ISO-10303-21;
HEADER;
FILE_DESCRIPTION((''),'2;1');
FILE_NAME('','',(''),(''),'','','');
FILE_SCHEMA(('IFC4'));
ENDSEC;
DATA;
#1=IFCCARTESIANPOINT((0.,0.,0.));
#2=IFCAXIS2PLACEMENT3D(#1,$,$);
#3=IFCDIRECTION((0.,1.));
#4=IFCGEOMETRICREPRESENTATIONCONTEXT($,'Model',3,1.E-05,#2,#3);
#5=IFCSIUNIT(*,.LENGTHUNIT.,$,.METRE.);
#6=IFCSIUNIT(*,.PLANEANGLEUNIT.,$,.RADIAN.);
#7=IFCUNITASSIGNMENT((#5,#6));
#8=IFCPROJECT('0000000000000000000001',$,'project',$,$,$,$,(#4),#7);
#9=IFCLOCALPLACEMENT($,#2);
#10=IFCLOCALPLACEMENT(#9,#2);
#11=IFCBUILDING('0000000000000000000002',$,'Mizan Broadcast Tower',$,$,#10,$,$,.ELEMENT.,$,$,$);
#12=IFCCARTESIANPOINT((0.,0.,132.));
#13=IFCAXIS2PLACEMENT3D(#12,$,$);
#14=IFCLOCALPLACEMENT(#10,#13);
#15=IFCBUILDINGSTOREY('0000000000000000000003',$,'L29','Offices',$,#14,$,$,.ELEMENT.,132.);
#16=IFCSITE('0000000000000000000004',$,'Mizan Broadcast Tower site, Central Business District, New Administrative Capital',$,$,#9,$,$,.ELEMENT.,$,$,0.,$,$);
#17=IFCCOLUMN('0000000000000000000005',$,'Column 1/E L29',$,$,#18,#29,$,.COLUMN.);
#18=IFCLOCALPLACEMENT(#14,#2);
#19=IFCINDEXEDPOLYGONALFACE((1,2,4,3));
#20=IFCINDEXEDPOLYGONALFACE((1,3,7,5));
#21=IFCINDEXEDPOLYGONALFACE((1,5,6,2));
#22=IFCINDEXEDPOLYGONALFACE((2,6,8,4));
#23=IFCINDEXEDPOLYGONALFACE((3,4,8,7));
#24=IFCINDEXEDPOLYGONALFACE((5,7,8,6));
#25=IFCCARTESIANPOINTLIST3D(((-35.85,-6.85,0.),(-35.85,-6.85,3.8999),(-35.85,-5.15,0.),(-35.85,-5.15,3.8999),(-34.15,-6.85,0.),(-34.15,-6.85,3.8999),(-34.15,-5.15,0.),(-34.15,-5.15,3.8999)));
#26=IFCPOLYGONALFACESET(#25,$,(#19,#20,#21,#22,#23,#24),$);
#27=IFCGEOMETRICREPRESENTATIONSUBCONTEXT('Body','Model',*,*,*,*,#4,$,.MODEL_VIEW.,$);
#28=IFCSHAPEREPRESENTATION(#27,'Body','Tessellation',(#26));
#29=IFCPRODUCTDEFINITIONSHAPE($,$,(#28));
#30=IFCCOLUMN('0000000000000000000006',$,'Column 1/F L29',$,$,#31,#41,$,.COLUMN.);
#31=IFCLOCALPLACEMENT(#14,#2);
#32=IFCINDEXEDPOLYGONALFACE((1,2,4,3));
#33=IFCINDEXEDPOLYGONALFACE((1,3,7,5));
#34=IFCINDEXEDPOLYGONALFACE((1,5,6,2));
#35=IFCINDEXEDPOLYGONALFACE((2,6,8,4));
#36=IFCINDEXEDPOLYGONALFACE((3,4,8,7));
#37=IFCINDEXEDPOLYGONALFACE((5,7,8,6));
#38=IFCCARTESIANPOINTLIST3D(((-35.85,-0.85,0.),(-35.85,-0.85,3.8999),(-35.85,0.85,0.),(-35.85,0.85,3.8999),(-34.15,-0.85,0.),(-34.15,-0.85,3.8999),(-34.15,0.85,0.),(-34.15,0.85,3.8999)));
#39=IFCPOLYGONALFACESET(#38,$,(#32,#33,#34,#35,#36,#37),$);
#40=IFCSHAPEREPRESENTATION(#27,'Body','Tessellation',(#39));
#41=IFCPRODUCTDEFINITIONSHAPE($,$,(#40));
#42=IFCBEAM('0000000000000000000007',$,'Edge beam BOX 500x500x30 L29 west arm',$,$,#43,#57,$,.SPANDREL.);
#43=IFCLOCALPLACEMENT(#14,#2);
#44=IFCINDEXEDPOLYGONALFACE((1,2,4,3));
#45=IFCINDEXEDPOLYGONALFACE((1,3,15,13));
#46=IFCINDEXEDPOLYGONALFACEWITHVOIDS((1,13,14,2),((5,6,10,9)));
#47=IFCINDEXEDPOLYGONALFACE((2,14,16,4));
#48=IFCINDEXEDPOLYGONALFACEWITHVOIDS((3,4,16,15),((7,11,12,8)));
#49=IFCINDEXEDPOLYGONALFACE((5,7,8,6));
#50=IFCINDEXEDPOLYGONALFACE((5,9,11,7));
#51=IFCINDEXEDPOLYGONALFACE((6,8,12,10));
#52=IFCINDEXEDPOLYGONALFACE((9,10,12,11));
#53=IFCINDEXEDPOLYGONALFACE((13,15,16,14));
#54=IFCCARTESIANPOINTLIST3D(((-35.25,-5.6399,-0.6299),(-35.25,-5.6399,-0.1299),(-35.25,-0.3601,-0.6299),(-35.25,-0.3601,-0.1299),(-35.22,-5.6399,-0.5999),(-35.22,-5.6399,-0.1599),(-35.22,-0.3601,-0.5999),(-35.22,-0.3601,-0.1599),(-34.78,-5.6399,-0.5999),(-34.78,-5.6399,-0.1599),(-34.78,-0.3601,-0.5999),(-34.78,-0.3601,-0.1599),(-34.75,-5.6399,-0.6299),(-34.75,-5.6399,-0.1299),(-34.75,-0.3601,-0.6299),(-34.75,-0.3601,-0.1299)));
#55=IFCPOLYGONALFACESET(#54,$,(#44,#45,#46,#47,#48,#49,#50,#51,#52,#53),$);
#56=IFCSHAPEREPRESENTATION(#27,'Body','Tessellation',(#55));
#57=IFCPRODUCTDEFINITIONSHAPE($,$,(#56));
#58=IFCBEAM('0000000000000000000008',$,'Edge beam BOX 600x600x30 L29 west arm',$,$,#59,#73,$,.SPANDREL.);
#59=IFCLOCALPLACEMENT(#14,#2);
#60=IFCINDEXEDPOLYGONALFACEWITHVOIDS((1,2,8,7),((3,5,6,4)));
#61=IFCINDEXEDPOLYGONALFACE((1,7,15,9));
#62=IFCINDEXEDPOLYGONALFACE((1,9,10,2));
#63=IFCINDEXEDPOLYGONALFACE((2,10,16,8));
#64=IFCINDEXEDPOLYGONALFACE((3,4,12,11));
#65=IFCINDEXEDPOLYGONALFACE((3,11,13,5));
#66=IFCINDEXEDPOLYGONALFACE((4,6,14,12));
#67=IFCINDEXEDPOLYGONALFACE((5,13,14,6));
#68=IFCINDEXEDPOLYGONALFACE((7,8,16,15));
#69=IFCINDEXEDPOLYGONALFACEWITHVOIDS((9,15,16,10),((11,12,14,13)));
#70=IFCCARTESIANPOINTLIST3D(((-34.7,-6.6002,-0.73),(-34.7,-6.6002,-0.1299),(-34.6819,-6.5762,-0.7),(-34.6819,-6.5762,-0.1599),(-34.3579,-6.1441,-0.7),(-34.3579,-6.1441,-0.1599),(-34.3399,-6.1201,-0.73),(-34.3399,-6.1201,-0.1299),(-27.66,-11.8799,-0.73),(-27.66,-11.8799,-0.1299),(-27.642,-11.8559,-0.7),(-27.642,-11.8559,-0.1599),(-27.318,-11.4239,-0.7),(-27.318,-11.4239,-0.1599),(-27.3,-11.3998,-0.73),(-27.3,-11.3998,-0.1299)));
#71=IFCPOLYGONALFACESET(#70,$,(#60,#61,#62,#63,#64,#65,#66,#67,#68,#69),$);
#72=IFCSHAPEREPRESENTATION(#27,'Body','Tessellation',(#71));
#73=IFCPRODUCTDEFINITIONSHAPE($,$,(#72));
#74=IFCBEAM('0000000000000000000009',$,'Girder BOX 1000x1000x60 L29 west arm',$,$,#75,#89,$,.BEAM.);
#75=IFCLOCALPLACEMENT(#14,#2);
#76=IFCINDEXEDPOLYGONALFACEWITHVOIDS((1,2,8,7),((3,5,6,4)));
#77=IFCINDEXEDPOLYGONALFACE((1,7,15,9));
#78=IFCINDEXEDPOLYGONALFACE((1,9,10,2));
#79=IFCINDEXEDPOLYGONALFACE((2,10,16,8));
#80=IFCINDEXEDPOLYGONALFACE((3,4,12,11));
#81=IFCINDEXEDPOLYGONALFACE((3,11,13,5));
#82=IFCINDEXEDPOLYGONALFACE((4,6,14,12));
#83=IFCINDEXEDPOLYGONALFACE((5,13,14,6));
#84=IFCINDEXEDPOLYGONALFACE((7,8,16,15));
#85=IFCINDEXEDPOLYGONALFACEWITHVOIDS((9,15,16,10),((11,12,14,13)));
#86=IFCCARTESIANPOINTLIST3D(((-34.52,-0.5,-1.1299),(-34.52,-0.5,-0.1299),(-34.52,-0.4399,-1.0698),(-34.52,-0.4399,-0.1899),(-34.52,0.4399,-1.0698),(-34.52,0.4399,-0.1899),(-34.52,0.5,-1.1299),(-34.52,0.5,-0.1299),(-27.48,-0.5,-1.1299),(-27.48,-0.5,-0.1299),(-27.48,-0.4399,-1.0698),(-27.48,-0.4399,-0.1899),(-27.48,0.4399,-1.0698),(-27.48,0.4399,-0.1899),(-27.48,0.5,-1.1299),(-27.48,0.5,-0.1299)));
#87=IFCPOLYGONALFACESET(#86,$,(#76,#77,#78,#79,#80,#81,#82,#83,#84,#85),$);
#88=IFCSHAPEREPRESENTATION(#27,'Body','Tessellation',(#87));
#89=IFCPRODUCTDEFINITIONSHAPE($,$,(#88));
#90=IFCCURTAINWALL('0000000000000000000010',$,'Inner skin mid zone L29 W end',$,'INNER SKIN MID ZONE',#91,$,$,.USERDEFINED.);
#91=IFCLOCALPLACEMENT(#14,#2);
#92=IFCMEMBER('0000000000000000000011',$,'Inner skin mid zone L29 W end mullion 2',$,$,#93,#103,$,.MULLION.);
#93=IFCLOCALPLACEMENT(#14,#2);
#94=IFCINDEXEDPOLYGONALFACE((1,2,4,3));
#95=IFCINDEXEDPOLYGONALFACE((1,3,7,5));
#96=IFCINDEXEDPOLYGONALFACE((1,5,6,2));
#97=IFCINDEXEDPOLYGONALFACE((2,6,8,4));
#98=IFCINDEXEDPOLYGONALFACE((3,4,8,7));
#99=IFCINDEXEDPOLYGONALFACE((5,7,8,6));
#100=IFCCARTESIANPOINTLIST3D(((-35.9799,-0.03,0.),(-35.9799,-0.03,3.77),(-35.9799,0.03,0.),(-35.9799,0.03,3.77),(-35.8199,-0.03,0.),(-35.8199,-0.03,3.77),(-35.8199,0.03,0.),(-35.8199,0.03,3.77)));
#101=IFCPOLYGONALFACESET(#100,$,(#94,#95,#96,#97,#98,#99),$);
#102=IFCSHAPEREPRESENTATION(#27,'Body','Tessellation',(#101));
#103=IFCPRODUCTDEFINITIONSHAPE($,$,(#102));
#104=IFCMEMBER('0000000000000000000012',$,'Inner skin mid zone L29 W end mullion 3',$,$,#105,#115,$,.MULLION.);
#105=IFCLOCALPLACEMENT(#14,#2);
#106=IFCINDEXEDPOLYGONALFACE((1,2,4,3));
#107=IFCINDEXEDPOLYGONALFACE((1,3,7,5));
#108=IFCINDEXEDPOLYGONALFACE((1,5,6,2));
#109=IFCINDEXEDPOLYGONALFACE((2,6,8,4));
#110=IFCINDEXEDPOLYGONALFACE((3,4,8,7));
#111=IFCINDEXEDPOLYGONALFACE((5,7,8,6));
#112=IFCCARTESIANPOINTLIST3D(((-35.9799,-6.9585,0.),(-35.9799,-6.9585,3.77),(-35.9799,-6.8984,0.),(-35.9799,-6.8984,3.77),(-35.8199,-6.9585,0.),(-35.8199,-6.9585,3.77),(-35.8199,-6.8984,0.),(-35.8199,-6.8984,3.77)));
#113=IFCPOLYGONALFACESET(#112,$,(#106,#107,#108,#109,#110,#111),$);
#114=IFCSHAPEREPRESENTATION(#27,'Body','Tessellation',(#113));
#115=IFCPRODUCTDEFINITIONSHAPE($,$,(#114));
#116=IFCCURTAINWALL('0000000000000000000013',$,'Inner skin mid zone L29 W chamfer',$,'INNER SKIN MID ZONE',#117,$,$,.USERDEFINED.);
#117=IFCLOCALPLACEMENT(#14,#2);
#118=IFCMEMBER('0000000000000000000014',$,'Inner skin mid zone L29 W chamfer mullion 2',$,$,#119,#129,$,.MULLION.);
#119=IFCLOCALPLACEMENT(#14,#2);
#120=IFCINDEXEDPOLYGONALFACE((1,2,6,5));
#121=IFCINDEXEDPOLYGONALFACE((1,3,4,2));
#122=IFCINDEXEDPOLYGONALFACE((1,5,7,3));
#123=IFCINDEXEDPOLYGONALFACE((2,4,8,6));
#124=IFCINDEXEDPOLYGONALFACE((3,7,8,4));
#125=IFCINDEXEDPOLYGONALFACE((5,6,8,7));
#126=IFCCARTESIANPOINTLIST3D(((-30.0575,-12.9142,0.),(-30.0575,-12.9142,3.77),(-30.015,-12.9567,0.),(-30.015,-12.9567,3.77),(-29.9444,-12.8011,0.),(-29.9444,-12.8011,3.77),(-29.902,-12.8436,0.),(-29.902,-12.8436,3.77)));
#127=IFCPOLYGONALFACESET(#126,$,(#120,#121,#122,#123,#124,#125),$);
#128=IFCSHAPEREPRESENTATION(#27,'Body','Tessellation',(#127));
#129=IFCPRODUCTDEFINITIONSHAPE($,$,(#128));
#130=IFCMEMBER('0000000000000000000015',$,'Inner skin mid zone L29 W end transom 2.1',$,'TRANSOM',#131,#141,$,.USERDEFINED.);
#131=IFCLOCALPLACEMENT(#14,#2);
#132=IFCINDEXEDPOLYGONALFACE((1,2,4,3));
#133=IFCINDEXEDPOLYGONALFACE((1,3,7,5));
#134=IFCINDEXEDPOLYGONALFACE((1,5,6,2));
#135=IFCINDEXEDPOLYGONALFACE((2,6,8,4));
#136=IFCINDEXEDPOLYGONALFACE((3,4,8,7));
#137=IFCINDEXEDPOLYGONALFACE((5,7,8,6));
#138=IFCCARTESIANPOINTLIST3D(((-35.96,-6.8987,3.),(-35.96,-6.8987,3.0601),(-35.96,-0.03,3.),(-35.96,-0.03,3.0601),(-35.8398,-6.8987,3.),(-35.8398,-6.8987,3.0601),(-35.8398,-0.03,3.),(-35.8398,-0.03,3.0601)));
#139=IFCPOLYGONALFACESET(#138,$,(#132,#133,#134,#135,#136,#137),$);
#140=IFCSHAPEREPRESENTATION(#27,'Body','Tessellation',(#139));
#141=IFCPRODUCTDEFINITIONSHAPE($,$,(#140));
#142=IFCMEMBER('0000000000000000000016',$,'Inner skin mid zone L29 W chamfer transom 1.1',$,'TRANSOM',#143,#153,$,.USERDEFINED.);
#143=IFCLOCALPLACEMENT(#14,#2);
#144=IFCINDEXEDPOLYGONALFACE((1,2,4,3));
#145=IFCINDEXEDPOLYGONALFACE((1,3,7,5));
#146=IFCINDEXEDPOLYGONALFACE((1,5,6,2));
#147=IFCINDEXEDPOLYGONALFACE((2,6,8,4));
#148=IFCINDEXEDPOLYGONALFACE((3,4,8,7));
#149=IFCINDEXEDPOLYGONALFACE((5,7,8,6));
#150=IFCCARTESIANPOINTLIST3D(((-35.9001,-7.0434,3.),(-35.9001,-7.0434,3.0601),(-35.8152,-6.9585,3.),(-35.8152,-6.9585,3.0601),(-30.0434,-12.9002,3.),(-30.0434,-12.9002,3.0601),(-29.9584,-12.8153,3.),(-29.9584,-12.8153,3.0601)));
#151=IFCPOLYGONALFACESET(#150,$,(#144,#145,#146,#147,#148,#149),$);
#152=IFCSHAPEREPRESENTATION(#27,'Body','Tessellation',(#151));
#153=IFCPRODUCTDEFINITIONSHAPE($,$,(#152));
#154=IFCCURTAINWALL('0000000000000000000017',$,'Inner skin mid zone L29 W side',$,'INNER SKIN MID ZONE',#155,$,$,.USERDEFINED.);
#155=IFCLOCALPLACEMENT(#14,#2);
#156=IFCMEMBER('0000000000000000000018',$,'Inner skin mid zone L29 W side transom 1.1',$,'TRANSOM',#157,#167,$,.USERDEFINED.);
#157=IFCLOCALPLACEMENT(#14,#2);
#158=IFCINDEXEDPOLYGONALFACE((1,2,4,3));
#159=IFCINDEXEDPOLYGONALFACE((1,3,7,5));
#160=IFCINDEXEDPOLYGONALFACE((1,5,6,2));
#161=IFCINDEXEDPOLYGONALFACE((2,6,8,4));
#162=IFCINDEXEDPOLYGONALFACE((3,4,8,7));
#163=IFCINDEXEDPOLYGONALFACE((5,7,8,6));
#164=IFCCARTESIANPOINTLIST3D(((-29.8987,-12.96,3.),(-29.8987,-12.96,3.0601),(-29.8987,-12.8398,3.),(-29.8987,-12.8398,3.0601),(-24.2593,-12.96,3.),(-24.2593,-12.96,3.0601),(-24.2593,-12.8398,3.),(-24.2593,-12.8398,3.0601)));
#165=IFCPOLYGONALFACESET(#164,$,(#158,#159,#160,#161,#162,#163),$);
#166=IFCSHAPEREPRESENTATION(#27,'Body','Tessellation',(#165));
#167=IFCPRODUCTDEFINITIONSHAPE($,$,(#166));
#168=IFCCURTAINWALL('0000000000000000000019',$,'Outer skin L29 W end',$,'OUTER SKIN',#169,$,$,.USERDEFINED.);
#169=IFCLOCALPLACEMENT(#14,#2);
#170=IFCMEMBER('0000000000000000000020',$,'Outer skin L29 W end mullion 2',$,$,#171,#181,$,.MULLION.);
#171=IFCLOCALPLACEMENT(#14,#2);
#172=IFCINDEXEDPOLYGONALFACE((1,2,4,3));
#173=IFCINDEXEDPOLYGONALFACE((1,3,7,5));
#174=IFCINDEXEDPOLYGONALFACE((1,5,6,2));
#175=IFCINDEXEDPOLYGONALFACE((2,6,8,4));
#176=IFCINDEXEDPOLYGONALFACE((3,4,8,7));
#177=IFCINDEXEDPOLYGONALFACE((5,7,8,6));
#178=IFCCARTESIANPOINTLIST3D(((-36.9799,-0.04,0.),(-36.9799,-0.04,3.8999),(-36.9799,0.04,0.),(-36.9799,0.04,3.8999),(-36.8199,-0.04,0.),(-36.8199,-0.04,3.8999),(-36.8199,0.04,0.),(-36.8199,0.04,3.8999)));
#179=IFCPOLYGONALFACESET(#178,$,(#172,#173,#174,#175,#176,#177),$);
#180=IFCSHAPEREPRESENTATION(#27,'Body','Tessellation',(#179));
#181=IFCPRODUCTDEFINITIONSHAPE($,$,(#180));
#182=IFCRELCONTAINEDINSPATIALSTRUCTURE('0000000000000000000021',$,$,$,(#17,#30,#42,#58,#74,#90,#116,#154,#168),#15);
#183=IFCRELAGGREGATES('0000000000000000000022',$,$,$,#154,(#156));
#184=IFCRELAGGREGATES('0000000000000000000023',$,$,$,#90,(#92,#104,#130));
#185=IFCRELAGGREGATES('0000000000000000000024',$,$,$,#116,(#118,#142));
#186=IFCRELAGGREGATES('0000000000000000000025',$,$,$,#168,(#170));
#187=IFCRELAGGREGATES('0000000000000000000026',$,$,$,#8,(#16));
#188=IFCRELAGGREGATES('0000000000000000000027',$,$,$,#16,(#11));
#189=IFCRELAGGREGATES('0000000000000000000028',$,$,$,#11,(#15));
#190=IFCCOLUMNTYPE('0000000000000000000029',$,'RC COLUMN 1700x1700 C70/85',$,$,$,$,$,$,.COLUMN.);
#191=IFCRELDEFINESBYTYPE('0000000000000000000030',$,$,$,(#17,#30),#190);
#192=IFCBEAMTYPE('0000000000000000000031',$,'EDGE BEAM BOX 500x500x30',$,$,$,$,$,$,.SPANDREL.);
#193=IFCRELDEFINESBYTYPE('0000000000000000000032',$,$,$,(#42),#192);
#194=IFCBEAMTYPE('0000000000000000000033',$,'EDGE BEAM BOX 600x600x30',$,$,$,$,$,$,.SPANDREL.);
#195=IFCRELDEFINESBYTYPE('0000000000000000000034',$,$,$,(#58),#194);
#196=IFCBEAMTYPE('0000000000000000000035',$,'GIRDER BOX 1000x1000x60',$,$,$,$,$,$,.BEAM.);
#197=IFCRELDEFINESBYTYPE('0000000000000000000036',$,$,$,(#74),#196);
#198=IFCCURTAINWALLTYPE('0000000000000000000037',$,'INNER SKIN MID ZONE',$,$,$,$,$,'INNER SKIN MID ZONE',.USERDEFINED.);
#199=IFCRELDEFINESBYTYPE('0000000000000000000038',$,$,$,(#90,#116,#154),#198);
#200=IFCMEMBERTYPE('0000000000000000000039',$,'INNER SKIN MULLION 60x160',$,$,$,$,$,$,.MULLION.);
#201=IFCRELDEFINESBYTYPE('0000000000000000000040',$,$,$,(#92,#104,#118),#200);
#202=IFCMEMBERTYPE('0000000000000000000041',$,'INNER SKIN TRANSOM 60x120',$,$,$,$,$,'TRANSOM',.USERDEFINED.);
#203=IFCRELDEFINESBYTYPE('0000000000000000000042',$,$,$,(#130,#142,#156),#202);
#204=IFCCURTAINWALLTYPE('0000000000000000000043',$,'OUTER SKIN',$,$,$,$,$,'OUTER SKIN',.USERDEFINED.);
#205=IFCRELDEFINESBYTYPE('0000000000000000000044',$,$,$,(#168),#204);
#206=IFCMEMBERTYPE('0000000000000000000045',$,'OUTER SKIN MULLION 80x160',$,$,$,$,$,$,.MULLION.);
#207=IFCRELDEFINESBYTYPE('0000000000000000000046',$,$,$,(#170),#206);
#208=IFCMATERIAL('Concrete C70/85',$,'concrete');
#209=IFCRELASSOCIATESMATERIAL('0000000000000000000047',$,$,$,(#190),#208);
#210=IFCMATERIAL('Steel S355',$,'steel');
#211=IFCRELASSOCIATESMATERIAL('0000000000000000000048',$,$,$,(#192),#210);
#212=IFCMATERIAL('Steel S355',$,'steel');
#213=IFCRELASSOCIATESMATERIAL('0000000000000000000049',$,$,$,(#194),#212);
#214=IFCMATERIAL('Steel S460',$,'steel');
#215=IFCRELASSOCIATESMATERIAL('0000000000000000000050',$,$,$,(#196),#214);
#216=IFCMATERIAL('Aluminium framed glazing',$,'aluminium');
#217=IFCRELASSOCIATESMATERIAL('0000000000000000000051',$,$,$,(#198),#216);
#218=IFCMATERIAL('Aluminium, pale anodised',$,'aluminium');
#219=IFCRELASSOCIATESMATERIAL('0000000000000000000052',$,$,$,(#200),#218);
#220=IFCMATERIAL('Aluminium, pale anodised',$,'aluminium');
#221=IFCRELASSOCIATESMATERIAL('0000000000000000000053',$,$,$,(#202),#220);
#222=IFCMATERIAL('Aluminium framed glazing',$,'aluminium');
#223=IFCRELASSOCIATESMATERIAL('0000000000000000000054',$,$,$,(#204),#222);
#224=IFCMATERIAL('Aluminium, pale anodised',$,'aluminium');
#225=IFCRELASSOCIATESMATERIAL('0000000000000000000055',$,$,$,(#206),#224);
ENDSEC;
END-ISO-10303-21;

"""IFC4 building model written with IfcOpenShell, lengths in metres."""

from ifc_helpers import new_model, si_unit, direction, frame, origin, origin_2d, place, context, subcontext, project, spatial, rectangle, hollow_rectangle, extrude, material, material_profile, profile_set, type_object, element, aggregate, save


model = new_model("IFC4")

# Units and contexts
model_context = context("Model", 3, precision=1e-05, world=origin(), true_north=direction((0.0, 1.0)))
body_context = subcontext(model_context, "Body", "Model", "MODEL_VIEW")
ifc_project = project(units=[si_unit("LENGTHUNIT", "METRE"), si_unit("PLANEANGLEUNIT", "RADIAN")], contexts=[model_context])

# Site, building, storey
site_placement = place(None, origin())
site = spatial("IfcSite", under=ifc_project, at=site_placement, Name="Mizan Broadcast Tower site, Central Business District, New Administrative Capital", CompositionType="ELEMENT", RefElevation=0.0)
building_placement = place(site_placement, origin())
building = spatial("IfcBuilding", under=site, at=building_placement, Name="Mizan Broadcast Tower", CompositionType="ELEMENT")
storey_placement = place(building_placement, frame((0.0, 0.0, 132.0)))
storey = spatial("IfcBuildingStorey", under=building, at=storey_placement, Name="L29", Description="Offices", CompositionType="ELEMENT", Elevation=132.0)

# Columns
ifc_material_1 = material(Name="Concrete C70/85", Category="concrete")
ifc_material_profile_1 = material_profile(ifc_material_1, rectangle(XDim=1.7, YDim=1.7, at=origin_2d()), Name="RC 1700x1700")
ifc_profile_set_1 = profile_set([ifc_material_profile_1], Name="Concrete C70/85")
column_type = type_object("IfcColumnType", Name="RC COLUMN 1700x1700 C70/85", PredefinedType="COLUMN", material=ifc_profile_set_1)
for number, where, z_axis, x_axis, name in (
    (1, (-35.0, -6.0, 0.0), (0.0, 0.0, 1.0), (1.0, 0.0, 0.0), "Column 1/E L29"),
    (2, (-35.0, 0.0, 0.0), (0.0, 0.0, 1.0), (1.0, 0.0, 0.0), "Column 1/F L29"),
):
    element("IfcColumn", number, at=place(storey_placement, frame(where, z_axis=z_axis, x_axis=x_axis)), inside=storey, type_object=column_type, Name=name, PredefinedType="COLUMN", context=body_context, shape_type="SweptSolid", body=[
        extrude(rectangle(XDim=1.7, YDim=1.7, at=origin_2d()), origin(), (0.0, 0.0, 1.0), 3.8999),
    ])

# Beams
ifc_material_2 = material(Name="Steel S355", Category="steel")
ifc_material_profile_2 = material_profile(ifc_material_2, hollow_rectangle(XDim=0.5, YDim=0.5, WallThickness=0.03, at=origin_2d()), Name="BOX 500x500x30")
ifc_profile_set_2 = profile_set([ifc_material_profile_2], Name="Steel S355")
beam_type_1 = type_object("IfcBeamType", Name="EDGE BEAM BOX 500x500x30", PredefinedType="SPANDREL", material=ifc_profile_set_2)
beam_1_placement = place(storey_placement, frame((-35.0, -5.6399, -0.3799), z_axis=(0.0, 1.0, 0.0), x_axis=(-1.0, 0.0, 0.0)))
element("IfcBeam", 3, at=beam_1_placement, inside=storey, type_object=beam_type_1, Name="Edge beam BOX 500x500x30 L29 west arm", PredefinedType="SPANDREL", context=body_context, shape_type="SweptSolid", body=[
    extrude(hollow_rectangle(XDim=0.5, YDim=0.5, WallThickness=0.03, at=origin_2d()), origin(), (0.0, 0.0, 1.0), 5.2798),
])
ifc_material_3 = material(Name="Steel S355", Category="steel")
ifc_material_profile_3 = material_profile(ifc_material_3, hollow_rectangle(XDim=0.6001, YDim=0.6001, WallThickness=0.03, at=origin_2d()), Name="BOX 600x600x30")
ifc_profile_set_3 = profile_set([ifc_material_profile_3], Name="Steel S355")
beam_type_2 = type_object("IfcBeamType", Name="EDGE BEAM BOX 600x600x30", PredefinedType="SPANDREL", material=ifc_profile_set_3)
beam_2_placement = place(storey_placement, frame((-27.48, -11.6399, -0.4299), z_axis=(-0.800013, 0.599982, 0.0), x_axis=(-0.599982, -0.800013, 0.0)))
element("IfcBeam", 4, at=beam_2_placement, inside=storey, type_object=beam_type_2, Name="Edge beam BOX 600x600x30 L29 west arm", PredefinedType="SPANDREL", context=body_context, shape_type="SweptSolid", body=[
    extrude(hollow_rectangle(XDim=0.6001, YDim=0.6001, WallThickness=0.03, at=origin_2d()), origin(), (0.0, 0.0, 1.0), 8.7998),
])
ifc_material_4 = material(Name="Steel S460", Category="steel")
ifc_material_profile_4 = material_profile(ifc_material_4, hollow_rectangle(XDim=1.0, YDim=1.0, WallThickness=0.0601, at=origin_2d()), Name="BOX 1000x1000x60")
ifc_profile_set_4 = profile_set([ifc_material_profile_4], Name="Steel S460")
beam_type_3 = type_object("IfcBeamType", Name="GIRDER BOX 1000x1000x60", PredefinedType="BEAM", material=ifc_profile_set_4)
beam_3_placement = place(storey_placement, frame((-27.48, 0.0, -0.6299), z_axis=(-1.0, 0.0, 0.0), x_axis=(0.0, -1.0, 0.0)))
element("IfcBeam", 5, at=beam_3_placement, inside=storey, type_object=beam_type_3, Name="Girder BOX 1000x1000x60 L29 west arm", PredefinedType="BEAM", context=body_context, shape_type="SweptSolid", body=[
    extrude(hollow_rectangle(XDim=1.0, YDim=1.0, WallThickness=0.0601, at=origin_2d()), origin(), (0.0, 0.0, 1.0), 7.04),
])

# Curtain wall, members
ifc_material_5 = material(Name="Aluminium framed glazing", Category="aluminium")
curtain_wall_type_1 = type_object("IfcCurtainWallType", Name="INNER SKIN MID ZONE", ElementType="INNER SKIN MID ZONE", PredefinedType="USERDEFINED", material=ifc_material_5)
curtain_wall_1_placement = place(storey_placement, origin())
curtain_wall_1 = element("IfcCurtainWall", 6, at=curtain_wall_1_placement, inside=storey, type_object=curtain_wall_type_1, Name="Inner skin mid zone L29 W end", ObjectType="INNER SKIN MID ZONE", PredefinedType="USERDEFINED")
ifc_material_6 = material(Name="Aluminium, pale anodised", Category="aluminium")
ifc_material_profile_5 = material_profile(ifc_material_6, rectangle(XDim=0.1599, YDim=0.0601, at=origin_2d()), Name="MULLION 160x60")
ifc_profile_set_5 = profile_set([ifc_material_profile_5], Name="Aluminium, pale anodised")
member_type_1 = type_object("IfcMemberType", Name="INNER SKIN MULLION 60x160", PredefinedType="MULLION", material=ifc_profile_set_5)
member_1_placement = place(storey_placement, frame((-35.8999, 0.0, 0.0), z_axis=(0.0, 0.0, 1.0), x_axis=(1.0, 0.0, 0.0)))
member_1 = element("IfcMember", 7, at=member_1_placement, type_object=member_type_1, Name="Inner skin mid zone L29 W end mullion 2", PredefinedType="MULLION", context=body_context, shape_type="SweptSolid", body=[
    extrude(rectangle(XDim=0.1599, YDim=0.0601, at=origin_2d()), origin(), (0.0, 0.0, 1.0), 3.77),
])
member_2_placement = place(storey_placement, frame((-35.8999, -6.9285, 0.0), z_axis=(0.0, 0.0, 1.0), x_axis=(1.0, 0.0, 0.0)))
member_2 = element("IfcMember", 8, at=member_2_placement, type_object=member_type_1, Name="Inner skin mid zone L29 W end mullion 3", PredefinedType="MULLION", context=body_context, shape_type="SweptSolid", body=[
    extrude(rectangle(XDim=0.1599, YDim=0.0601, at=origin_2d()), origin(), (0.0, 0.0, 1.0), 3.77),
])

# Curtain wall, member
curtain_wall_2_placement = place(storey_placement, origin())
curtain_wall_2 = element("IfcCurtainWall", 9, at=curtain_wall_2_placement, inside=storey, type_object=curtain_wall_type_1, Name="Inner skin mid zone L29 W chamfer", ObjectType="INNER SKIN MID ZONE", PredefinedType="USERDEFINED")
member_3_placement = place(storey_placement, frame((-29.9797, -12.8789, 0.0), z_axis=(0.0, 0.0, 1.0), x_axis=(0.707107, 0.707107, 0.0)))
member_3 = element("IfcMember", 10, at=member_3_placement, type_object=member_type_1, Name="Inner skin mid zone L29 W chamfer mullion 2", PredefinedType="MULLION", context=body_context, shape_type="SweptSolid", body=[
    extrude(rectangle(XDim=0.1599, YDim=0.0601, at=origin_2d()), origin(), (0.0, 0.0, 1.0), 3.77),
])

# Members
ifc_material_7 = material(Name="Aluminium, pale anodised", Category="aluminium")
ifc_material_profile_6 = material_profile(ifc_material_7, rectangle(XDim=0.1201, YDim=0.0601, at=origin_2d()), Name="TRANSOM 120x60")
ifc_profile_set_6 = profile_set([ifc_material_profile_6], Name="Aluminium, pale anodised")
member_type_2 = type_object("IfcMemberType", Name="INNER SKIN TRANSOM 60x120", ElementType="TRANSOM", PredefinedType="USERDEFINED", material=ifc_profile_set_6)
member_4_placement = place(storey_placement, frame((-35.8999, -0.03, 3.03), z_axis=(0.0, -1.0, 0.0), x_axis=(1.0, 0.0, 0.0)))
member_4 = element("IfcMember", 11, at=member_4_placement, type_object=member_type_2, Name="Inner skin mid zone L29 W end transom 2.1", ObjectType="TRANSOM", PredefinedType="USERDEFINED", context=body_context, shape_type="SweptSolid", body=[
    extrude(rectangle(XDim=0.1201, YDim=0.0601, at=origin_2d()), origin(), (0.0, 0.0, 1.0), 6.8687),
])
member_5_placement = place(storey_placement, frame((-35.8577, -7.001, 3.03), z_axis=(0.707107, -0.707107, 0.0), x_axis=(0.707107, 0.707107, 0.0)))
member_5 = element("IfcMember", 12, at=member_5_placement, type_object=member_type_2, Name="Inner skin mid zone L29 W chamfer transom 1.1", ObjectType="TRANSOM", PredefinedType="USERDEFINED", context=body_context, shape_type="SweptSolid", body=[
    extrude(rectangle(XDim=0.1201, YDim=0.0601, at=origin_2d()), origin(), (0.0, 0.0, 1.0), 8.2827),
])

# Curtain wall, member
curtain_wall_3_placement = place(storey_placement, origin())
curtain_wall_3 = element("IfcCurtainWall", 13, at=curtain_wall_3_placement, inside=storey, type_object=curtain_wall_type_1, Name="Inner skin mid zone L29 W side", ObjectType="INNER SKIN MID ZONE", PredefinedType="USERDEFINED")
member_6_placement = place(storey_placement, frame((-29.8987, -12.8999, 3.03), z_axis=(1.0, 0.0, 0.0), x_axis=(0.0, 1.0, 0.0)))
member_6 = element("IfcMember", 14, at=member_6_placement, type_object=member_type_2, Name="Inner skin mid zone L29 W side transom 1.1", ObjectType="TRANSOM", PredefinedType="USERDEFINED", context=body_context, shape_type="SweptSolid", body=[
    extrude(rectangle(XDim=0.1201, YDim=0.0601, at=origin_2d()), origin(), (0.0, 0.0, 1.0), 5.6394),
])
aggregate(curtain_wall_3, [member_6])

# Curtain wall, member
ifc_material_8 = material(Name="Aluminium framed glazing", Category="aluminium")
curtain_wall_type_2 = type_object("IfcCurtainWallType", Name="OUTER SKIN", ElementType="OUTER SKIN", PredefinedType="USERDEFINED", material=ifc_material_8)
curtain_wall_4_placement = place(storey_placement, origin())
curtain_wall_4 = element("IfcCurtainWall", 15, at=curtain_wall_4_placement, inside=storey, type_object=curtain_wall_type_2, Name="Outer skin L29 W end", ObjectType="OUTER SKIN", PredefinedType="USERDEFINED")
ifc_material_9 = material(Name="Aluminium, pale anodised", Category="aluminium")
ifc_material_profile_7 = material_profile(ifc_material_9, rectangle(XDim=0.1599, YDim=0.0801, at=origin_2d()), Name="MULLION 160x80")
ifc_profile_set_7 = profile_set([ifc_material_profile_7], Name="Aluminium, pale anodised")
member_type_3 = type_object("IfcMemberType", Name="OUTER SKIN MULLION 80x160", PredefinedType="MULLION", material=ifc_profile_set_7)
member_7_placement = place(storey_placement, frame((-36.8999, 0.0, 0.0), z_axis=(0.0, 0.0, 1.0), x_axis=(1.0, 0.0, 0.0)))
member_7 = element("IfcMember", 16, at=member_7_placement, type_object=member_type_3, Name="Outer skin L29 W end mullion 2", PredefinedType="MULLION", context=body_context, shape_type="SweptSolid", body=[
    extrude(rectangle(XDim=0.1599, YDim=0.0801, at=origin_2d()), origin(), (0.0, 0.0, 1.0), 3.8999),
])

aggregate(curtain_wall_1, [member_1, member_2, member_4])
aggregate(curtain_wall_2, [member_3, member_5])
aggregate(curtain_wall_4, [member_7])

save(model, "model.ifc")
